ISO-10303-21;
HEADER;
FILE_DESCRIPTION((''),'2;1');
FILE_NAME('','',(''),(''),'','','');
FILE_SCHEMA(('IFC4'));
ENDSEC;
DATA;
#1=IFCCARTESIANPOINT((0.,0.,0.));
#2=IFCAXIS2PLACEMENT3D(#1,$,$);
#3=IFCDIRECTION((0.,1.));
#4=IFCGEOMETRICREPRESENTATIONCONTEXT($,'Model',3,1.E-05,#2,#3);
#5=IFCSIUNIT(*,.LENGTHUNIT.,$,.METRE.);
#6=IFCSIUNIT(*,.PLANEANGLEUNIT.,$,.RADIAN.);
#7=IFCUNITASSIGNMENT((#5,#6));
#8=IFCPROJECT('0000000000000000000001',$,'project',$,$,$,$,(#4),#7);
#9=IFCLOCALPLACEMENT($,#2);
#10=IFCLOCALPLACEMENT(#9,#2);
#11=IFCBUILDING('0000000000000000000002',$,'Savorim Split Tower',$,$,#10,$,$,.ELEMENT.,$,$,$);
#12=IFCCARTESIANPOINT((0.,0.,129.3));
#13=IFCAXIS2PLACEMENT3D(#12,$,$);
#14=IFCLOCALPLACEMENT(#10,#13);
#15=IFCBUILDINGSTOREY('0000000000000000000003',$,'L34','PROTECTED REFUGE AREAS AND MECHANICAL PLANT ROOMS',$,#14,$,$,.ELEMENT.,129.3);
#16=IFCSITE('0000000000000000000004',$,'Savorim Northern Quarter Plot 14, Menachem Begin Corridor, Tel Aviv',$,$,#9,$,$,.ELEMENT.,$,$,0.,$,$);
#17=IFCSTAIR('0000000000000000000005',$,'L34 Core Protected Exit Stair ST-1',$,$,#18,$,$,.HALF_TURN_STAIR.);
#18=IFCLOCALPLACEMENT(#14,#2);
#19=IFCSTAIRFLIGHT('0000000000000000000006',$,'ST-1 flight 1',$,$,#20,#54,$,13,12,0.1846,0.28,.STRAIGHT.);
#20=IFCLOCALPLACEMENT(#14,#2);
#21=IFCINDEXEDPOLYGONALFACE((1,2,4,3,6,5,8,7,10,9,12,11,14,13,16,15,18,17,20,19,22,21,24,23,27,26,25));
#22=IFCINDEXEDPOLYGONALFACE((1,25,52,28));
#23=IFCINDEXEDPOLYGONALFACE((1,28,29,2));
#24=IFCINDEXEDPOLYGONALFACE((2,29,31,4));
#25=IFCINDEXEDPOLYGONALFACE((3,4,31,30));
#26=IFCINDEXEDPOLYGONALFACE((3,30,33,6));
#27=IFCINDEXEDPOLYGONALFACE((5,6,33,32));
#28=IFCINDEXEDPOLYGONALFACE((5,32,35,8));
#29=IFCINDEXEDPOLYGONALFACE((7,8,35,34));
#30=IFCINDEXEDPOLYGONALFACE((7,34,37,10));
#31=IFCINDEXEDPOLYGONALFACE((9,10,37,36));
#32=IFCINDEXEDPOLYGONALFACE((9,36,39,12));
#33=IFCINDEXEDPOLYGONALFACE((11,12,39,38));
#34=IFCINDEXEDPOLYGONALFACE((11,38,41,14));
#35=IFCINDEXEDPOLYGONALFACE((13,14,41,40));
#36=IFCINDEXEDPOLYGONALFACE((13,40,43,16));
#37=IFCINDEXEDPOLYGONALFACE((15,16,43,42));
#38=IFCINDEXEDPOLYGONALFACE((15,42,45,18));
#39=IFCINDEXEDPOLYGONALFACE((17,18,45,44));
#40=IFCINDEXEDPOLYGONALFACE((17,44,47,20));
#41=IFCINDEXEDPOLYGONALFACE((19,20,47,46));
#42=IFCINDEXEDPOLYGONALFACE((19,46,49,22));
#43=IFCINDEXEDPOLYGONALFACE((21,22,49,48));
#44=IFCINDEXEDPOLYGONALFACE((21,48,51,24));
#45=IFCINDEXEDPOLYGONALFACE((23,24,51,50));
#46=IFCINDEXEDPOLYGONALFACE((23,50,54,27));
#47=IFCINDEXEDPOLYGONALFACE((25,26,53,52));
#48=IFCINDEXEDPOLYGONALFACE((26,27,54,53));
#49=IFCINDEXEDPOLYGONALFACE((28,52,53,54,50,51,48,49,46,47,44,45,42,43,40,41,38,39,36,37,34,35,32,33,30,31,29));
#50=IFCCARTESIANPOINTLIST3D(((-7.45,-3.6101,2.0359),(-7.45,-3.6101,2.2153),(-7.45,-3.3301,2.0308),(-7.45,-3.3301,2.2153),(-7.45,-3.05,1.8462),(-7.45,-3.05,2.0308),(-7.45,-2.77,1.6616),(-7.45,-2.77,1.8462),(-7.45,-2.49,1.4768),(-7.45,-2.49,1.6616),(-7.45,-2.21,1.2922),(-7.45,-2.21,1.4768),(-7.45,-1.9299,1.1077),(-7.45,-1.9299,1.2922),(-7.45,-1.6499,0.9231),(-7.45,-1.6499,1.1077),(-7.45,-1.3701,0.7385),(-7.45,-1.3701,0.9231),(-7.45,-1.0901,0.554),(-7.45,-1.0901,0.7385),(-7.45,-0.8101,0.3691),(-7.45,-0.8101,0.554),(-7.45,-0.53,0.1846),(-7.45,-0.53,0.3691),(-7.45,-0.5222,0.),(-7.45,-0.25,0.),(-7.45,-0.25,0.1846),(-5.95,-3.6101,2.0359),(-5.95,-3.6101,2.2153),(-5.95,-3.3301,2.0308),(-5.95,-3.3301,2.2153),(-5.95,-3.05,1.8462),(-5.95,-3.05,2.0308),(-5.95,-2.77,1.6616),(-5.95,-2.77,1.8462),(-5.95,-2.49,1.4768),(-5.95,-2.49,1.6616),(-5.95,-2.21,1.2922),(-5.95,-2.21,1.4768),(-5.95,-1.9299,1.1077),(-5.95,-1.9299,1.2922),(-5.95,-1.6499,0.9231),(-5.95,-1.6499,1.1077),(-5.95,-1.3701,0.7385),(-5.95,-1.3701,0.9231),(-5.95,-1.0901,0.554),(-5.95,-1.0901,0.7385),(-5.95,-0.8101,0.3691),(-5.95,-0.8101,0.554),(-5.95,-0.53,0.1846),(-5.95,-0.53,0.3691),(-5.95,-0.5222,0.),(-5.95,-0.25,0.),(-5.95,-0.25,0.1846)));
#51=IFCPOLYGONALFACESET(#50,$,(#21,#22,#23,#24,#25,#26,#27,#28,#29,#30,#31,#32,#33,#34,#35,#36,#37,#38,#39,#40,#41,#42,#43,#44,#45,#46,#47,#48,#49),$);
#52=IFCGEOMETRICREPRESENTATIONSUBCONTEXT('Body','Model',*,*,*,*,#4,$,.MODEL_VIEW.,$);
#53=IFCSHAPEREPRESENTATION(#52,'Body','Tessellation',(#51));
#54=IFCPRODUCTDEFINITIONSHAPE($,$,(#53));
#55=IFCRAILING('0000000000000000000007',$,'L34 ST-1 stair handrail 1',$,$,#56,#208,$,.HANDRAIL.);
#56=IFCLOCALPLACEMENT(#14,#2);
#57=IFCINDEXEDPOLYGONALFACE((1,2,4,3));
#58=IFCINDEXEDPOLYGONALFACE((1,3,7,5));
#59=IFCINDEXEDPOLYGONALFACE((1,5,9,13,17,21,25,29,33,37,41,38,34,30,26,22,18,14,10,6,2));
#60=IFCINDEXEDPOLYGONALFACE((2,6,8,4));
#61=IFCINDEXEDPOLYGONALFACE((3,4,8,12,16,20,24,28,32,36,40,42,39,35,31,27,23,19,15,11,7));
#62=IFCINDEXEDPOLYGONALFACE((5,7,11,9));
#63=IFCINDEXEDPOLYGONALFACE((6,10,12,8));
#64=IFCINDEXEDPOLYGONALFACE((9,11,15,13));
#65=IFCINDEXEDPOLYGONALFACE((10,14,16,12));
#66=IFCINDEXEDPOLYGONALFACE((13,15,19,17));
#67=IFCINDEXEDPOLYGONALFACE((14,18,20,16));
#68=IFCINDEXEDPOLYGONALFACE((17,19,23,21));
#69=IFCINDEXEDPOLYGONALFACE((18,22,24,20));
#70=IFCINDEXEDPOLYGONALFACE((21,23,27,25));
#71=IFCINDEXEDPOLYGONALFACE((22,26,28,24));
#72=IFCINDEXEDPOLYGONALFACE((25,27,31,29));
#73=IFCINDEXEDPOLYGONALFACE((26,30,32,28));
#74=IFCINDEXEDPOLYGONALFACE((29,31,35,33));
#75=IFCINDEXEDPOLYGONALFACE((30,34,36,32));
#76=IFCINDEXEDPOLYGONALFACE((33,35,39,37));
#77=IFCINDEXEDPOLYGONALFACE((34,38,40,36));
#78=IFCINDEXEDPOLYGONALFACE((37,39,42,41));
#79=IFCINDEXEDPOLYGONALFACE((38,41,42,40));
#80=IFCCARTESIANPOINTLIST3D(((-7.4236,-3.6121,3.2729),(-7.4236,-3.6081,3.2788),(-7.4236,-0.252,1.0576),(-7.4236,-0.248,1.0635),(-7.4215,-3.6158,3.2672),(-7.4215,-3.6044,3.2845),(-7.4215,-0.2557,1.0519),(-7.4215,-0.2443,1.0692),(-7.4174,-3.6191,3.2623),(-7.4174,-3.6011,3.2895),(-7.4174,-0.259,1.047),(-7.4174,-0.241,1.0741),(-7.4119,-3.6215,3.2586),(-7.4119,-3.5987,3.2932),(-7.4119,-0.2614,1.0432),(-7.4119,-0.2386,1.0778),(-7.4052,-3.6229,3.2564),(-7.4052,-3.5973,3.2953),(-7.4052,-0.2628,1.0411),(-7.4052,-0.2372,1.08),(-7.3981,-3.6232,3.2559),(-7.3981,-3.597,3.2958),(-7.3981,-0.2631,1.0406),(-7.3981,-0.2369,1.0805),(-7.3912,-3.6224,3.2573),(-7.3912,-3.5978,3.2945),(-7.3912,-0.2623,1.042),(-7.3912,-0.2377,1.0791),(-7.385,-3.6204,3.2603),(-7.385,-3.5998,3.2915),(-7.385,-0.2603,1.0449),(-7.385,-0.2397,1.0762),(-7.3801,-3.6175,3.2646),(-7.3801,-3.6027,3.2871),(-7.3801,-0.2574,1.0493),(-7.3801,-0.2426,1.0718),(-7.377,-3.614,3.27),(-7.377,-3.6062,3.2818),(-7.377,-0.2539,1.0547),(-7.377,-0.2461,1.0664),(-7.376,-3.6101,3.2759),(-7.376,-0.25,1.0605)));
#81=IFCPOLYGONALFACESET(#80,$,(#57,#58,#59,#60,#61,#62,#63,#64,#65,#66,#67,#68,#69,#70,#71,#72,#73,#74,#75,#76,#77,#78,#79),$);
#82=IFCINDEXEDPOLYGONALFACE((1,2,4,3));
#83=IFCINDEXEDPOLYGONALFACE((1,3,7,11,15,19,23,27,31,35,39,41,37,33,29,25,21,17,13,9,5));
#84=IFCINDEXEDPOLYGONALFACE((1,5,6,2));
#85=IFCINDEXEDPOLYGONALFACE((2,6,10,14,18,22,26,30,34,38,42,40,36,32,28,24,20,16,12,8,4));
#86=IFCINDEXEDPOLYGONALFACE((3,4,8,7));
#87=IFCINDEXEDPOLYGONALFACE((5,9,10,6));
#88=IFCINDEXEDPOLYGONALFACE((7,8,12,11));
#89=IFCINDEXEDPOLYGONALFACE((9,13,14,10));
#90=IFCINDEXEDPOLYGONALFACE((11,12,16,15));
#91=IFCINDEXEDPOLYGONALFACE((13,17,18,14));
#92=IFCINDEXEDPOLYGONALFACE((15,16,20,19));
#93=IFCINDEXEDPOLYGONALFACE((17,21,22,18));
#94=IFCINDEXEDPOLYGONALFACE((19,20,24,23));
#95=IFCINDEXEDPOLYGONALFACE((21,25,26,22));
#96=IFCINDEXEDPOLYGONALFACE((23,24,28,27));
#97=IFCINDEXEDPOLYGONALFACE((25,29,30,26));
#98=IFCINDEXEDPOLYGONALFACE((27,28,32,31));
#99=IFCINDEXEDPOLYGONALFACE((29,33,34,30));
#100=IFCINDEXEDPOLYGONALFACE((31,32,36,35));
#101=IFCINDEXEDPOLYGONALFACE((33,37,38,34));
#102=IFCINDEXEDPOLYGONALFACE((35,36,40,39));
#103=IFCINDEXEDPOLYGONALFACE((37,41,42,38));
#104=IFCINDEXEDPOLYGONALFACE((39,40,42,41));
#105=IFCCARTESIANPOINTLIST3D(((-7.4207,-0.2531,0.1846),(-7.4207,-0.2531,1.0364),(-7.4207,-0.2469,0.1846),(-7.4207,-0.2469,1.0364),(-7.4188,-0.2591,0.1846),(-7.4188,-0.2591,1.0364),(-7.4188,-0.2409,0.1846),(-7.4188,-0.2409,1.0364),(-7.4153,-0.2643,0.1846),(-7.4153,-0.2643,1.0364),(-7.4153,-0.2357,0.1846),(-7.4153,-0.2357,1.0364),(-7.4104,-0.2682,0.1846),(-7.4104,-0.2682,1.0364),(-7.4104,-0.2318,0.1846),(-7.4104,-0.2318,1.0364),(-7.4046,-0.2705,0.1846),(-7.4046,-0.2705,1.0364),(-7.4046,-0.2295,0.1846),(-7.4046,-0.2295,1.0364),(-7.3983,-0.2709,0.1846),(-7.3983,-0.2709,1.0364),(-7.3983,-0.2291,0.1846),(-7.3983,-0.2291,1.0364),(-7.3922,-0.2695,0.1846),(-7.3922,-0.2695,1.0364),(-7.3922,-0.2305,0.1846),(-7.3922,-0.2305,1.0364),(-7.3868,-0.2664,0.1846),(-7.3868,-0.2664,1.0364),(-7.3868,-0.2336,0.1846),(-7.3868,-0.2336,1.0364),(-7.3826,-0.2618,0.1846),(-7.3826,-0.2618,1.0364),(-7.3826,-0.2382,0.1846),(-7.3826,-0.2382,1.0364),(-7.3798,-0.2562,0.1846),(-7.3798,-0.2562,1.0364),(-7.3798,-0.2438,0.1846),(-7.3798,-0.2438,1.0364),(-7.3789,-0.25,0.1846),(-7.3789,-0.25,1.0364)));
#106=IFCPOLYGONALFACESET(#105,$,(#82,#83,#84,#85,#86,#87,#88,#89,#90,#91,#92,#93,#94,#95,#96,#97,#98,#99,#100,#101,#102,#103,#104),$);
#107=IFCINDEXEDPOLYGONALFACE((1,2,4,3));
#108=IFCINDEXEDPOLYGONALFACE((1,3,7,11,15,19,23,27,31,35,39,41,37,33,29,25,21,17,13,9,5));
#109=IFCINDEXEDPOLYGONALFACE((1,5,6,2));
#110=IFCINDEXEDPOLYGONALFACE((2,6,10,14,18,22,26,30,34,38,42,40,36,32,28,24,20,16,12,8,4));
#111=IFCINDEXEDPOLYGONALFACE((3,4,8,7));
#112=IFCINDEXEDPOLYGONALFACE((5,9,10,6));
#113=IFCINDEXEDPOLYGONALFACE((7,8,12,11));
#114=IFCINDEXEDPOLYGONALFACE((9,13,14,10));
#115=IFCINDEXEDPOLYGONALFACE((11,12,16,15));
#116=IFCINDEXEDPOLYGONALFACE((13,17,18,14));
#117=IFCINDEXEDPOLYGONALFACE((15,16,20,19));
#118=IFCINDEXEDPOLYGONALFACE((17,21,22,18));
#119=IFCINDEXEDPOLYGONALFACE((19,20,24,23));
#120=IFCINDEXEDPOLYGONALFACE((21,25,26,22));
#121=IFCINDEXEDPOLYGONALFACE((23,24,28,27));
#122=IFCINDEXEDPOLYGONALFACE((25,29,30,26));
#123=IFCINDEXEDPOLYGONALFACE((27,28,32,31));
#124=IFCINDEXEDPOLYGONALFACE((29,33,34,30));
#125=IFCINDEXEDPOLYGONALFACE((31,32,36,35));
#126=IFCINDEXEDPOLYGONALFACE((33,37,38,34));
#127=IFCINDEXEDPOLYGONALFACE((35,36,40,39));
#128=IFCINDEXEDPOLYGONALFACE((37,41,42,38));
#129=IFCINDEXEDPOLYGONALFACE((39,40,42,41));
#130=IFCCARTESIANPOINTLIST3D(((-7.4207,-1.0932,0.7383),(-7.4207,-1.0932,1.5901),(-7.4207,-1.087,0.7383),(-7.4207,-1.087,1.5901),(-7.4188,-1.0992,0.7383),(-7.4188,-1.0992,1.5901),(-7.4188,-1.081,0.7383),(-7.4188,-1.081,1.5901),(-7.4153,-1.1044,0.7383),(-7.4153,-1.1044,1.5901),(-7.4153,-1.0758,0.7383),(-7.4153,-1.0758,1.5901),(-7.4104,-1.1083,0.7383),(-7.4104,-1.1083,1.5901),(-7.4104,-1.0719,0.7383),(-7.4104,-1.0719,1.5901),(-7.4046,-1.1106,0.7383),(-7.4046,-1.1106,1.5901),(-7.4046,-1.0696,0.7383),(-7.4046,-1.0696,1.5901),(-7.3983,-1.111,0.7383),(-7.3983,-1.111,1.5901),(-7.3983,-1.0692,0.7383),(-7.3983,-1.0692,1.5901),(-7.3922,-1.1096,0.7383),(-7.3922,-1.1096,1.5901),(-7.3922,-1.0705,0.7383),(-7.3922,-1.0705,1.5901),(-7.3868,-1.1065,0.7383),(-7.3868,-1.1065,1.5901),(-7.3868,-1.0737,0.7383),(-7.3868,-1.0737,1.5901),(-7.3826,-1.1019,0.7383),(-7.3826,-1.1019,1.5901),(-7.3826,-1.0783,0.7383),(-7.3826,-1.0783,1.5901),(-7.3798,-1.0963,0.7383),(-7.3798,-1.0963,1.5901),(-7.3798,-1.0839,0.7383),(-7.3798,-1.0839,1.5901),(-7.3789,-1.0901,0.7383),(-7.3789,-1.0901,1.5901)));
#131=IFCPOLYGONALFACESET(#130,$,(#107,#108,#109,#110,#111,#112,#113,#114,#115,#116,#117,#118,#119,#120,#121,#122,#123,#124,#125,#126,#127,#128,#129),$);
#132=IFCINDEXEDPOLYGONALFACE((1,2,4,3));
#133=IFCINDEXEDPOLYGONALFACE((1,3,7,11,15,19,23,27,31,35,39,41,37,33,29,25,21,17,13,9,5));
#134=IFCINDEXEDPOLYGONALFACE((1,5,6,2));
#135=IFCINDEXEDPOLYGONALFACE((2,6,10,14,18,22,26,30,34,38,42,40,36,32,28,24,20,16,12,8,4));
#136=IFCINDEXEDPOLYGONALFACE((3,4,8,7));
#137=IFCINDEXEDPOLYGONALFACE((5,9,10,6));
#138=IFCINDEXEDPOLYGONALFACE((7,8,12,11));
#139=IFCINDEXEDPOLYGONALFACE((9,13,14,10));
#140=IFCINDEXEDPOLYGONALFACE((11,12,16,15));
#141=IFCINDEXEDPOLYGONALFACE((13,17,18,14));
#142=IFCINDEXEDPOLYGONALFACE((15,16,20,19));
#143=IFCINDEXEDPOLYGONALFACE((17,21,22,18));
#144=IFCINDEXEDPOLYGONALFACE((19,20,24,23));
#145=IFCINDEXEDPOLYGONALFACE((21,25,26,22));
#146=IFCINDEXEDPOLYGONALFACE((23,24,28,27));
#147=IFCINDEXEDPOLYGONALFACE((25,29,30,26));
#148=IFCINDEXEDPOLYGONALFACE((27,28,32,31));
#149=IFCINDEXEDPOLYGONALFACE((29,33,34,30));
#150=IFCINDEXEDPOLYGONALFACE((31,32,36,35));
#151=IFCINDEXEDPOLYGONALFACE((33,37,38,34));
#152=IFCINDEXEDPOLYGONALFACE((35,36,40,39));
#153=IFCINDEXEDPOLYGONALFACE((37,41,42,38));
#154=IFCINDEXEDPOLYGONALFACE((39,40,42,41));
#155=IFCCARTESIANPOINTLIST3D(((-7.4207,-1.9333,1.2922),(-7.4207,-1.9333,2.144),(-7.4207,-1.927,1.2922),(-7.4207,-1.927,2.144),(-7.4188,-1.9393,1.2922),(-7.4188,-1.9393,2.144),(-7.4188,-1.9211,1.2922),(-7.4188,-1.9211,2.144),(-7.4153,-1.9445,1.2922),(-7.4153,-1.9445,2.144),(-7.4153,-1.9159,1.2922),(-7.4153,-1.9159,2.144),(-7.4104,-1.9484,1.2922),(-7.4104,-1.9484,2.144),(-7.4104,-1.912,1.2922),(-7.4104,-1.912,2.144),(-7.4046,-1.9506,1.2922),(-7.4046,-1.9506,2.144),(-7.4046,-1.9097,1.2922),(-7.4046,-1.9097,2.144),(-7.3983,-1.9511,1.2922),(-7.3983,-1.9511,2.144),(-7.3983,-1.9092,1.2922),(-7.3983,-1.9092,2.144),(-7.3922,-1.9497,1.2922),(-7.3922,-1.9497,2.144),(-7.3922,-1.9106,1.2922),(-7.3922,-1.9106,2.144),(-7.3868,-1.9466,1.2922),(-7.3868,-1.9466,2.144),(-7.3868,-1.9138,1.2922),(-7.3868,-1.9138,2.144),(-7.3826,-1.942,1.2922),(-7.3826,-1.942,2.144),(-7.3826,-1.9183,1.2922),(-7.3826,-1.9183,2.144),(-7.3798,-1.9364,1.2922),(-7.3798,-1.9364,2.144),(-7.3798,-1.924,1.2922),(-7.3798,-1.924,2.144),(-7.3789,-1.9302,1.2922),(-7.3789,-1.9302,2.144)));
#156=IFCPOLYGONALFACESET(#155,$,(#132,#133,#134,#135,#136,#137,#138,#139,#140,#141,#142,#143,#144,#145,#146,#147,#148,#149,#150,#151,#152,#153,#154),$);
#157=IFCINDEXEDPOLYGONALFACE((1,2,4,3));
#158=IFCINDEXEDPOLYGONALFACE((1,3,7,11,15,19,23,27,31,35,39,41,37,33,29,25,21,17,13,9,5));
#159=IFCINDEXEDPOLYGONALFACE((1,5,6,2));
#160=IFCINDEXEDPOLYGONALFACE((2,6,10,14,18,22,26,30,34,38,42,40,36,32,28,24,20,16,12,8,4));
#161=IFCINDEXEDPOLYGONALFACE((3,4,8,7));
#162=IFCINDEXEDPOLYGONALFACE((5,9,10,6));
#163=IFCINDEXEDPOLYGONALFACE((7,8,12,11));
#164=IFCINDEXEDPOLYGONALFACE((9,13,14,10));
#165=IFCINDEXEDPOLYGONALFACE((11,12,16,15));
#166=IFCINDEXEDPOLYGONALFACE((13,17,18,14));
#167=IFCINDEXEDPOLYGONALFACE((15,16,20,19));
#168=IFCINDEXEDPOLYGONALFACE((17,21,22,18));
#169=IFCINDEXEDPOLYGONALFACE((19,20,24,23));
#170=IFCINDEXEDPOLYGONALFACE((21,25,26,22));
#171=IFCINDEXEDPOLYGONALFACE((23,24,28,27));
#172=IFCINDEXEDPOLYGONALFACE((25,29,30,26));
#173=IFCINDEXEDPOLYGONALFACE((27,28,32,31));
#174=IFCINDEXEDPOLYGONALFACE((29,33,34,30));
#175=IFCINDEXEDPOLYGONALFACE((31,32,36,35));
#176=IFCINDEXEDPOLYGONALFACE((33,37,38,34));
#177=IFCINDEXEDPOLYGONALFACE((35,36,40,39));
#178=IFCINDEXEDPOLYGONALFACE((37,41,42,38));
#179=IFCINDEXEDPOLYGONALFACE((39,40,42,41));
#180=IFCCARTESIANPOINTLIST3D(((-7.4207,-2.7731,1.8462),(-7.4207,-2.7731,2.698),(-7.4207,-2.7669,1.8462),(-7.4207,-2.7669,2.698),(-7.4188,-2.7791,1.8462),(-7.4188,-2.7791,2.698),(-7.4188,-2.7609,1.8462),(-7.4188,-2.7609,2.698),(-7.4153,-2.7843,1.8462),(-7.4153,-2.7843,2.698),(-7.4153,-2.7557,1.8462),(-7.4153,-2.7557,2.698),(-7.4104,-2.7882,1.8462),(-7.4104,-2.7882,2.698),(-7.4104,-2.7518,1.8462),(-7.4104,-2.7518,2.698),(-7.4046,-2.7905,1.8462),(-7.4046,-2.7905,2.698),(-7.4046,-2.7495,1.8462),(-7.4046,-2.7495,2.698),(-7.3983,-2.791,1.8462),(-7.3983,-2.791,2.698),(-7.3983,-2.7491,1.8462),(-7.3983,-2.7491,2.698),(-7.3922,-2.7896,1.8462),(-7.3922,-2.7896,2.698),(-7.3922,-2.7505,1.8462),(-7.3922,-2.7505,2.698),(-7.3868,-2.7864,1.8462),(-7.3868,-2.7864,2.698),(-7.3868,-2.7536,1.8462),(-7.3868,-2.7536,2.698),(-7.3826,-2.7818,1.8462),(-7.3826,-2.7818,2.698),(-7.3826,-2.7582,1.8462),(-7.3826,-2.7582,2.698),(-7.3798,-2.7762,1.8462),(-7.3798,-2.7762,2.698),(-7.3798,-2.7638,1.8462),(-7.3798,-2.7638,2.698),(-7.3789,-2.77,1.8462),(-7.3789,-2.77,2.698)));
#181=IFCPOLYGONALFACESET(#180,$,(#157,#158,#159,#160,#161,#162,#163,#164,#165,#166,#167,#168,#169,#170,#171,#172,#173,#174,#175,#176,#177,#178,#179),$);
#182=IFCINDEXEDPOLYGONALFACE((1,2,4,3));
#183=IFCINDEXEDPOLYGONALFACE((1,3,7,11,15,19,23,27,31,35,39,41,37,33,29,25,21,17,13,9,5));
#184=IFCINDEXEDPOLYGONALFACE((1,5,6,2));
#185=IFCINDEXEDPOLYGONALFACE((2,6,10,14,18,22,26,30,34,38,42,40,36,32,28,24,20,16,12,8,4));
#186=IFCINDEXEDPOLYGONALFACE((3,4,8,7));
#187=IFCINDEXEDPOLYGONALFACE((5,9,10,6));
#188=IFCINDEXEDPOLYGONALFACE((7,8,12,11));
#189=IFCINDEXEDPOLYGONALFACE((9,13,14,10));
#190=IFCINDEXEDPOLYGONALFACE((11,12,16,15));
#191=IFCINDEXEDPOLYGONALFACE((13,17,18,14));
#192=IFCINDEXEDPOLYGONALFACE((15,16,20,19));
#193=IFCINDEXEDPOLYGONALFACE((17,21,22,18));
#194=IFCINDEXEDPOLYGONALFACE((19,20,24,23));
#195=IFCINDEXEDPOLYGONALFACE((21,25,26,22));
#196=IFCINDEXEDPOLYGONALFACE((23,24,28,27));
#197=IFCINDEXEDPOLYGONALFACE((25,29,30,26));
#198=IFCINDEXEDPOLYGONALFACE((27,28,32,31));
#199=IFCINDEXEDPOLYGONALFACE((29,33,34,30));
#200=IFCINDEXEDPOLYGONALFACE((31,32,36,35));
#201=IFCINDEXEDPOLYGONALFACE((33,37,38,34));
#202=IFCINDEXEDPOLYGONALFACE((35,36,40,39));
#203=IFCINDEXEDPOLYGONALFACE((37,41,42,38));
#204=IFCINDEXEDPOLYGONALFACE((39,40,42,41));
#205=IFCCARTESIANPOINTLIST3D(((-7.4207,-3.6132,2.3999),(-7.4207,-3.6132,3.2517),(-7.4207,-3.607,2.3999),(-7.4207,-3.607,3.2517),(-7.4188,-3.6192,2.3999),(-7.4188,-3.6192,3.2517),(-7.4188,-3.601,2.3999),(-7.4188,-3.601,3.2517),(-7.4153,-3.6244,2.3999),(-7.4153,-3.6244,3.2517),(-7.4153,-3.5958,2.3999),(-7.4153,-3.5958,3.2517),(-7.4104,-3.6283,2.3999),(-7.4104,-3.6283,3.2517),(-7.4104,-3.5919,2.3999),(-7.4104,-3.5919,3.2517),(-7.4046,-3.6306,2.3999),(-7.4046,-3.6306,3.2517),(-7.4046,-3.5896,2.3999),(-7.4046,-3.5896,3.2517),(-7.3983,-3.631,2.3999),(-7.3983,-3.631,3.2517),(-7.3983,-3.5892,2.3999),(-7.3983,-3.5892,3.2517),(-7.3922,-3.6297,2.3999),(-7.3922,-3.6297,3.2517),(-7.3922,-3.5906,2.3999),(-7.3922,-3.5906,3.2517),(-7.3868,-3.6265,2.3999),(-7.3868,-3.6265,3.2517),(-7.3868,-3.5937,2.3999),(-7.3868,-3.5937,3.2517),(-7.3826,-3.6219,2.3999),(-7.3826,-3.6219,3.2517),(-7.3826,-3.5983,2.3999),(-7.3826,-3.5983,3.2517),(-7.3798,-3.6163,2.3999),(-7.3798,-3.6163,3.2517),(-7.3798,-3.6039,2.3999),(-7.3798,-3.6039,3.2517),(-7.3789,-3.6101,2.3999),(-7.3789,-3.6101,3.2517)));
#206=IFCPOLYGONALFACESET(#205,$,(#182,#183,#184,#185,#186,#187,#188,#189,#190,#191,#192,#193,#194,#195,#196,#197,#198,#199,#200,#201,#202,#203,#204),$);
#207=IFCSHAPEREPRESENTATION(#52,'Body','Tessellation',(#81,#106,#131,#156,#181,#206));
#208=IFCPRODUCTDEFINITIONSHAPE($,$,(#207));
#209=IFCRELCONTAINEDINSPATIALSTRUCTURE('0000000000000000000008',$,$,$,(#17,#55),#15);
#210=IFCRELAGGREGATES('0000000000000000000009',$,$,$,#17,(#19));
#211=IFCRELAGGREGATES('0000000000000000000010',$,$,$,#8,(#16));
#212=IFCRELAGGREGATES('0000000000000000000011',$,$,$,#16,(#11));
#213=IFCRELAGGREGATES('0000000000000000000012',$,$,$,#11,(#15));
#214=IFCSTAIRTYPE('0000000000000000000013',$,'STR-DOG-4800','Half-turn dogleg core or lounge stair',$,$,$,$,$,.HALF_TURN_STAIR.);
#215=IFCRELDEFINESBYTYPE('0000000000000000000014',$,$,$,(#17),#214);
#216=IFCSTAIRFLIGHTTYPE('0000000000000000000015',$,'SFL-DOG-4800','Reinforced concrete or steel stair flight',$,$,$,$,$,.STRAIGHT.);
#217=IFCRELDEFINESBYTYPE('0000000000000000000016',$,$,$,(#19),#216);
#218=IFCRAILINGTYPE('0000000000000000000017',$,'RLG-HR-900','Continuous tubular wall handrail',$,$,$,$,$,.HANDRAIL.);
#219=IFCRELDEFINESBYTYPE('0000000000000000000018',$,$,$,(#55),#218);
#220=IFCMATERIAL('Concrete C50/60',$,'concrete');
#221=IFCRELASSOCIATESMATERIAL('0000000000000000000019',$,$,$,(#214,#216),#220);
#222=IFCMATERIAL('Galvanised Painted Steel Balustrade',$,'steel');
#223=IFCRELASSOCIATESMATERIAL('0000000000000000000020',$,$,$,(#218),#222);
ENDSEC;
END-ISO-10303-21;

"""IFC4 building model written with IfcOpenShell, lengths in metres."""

from ifc_helpers import new_model, si_unit, direction, frame, origin, origin_2d, place, context, subcontext, project, spatial, polyline, circle, outline, extrude, material, type_object, element, aggregate, save


model = new_model("IFC4")

# Units and contexts
model_context = context("Model", 3, precision=1e-05, world=origin(), true_north=direction((0.0, 1.0)))
body_context = subcontext(model_context, "Body", "Model", "MODEL_VIEW")
ifc_project = project(units=[si_unit("LENGTHUNIT", "METRE"), si_unit("PLANEANGLEUNIT", "RADIAN")], contexts=[model_context])

# Site, building, storey
site_placement = place(None, origin())
site = spatial("IfcSite", under=ifc_project, at=site_placement, Name="Savorim Northern Quarter Plot 14, Menachem Begin Corridor, Tel Aviv", CompositionType="ELEMENT", RefElevation=0.0)
building_placement = place(site_placement, origin())
building = spatial("IfcBuilding", under=site, at=building_placement, Name="Savorim Split Tower", CompositionType="ELEMENT")
storey_placement = place(building_placement, frame((0.0, 0.0, 129.3)))
storey = spatial("IfcBuildingStorey", under=building, at=storey_placement, Name="L34", Description="PROTECTED REFUGE AREAS AND MECHANICAL PLANT ROOMS", CompositionType="ELEMENT", Elevation=129.3)

# Shared definitions
ifc_material_1 = material(Name="Concrete C50/60", Category="concrete")

# Stair, stair flight
stair_type = type_object("IfcStairType", Name="STR-DOG-4800", Description="Half-turn dogleg core or lounge stair", PredefinedType="HALF_TURN_STAIR", material=ifc_material_1)
stair_placement = place(storey_placement, origin())
stair = element("IfcStair", 1, at=stair_placement, inside=storey, type_object=stair_type, Name="L34 Core Protected Exit Stair ST-1", PredefinedType="HALF_TURN_STAIR")
stair_flight_type = type_object("IfcStairFlightType", Name="SFL-DOG-4800", Description="Reinforced concrete or steel stair flight", PredefinedType="STRAIGHT", material=ifc_material_1)
stair_flight_placement = place(storey_placement, frame((-6.7, -0.25, 0.0), z_axis=(0.0, 0.0, 1.0), x_axis=(0.0, -1.0, 0.0)))
stair_flight = element("IfcStairFlight", 2, at=stair_flight_placement, type_object=stair_flight_type, Name="ST-1 flight 1", NumberOfRisers=13, NumberOfTreads=12, PredefinedType="STRAIGHT", RiserHeight=0.1846, TreadLength=0.28, context=body_context, shape_type="SweptSolid", body=[
    extrude(outline(polyline([(0.0, 0.0), (0.0, 0.1846), (0.28, 0.1846), (0.28, 0.3691), (0.5601, 0.3691), (0.5601, 0.554), (0.8401, 0.554), (0.8401, 0.7385), (1.1201, 0.7385), (1.1201, 0.9231), (1.3999, 0.9231), (1.3999, 1.1077), (1.6799, 1.1077), (1.6799, 1.2922), (1.96, 1.2922), (1.96, 1.4768), (2.24, 1.4768), (2.24, 1.6616), (2.52, 1.6616), (2.52, 1.8462), (2.8, 1.8462), (2.8, 2.0308), (3.0801, 2.0308), (3.0801, 2.2153), (3.3601, 2.2153), (3.3601, 2.3999), (3.3601, 2.0359), (0.2722, 0.0), (0.0, 0.0)])), frame((0.0, 0.75, 0.0), z_axis=(0.0, -1.0, 0.0), x_axis=(1.0, 0.0, 0.0)), (0.0, 0.0, 1.0), 1.5),
])
aggregate(stair, [stair_flight])

# Railing
ifc_material_2 = material(Name="Galvanised Painted Steel Balustrade", Category="steel")
railing_type = type_object("IfcRailingType", Name="RLG-HR-900", Description="Continuous tubular wall handrail", PredefinedType="HANDRAIL", material=ifc_material_2)
railing_placement = place(storey_placement, frame((-7.3999, -0.25, 0.1846)))
element("IfcRailing", 3, at=railing_placement, inside=storey, type_object=railing_type, Name="L34 ST-1 stair handrail 1", PredefinedType="HANDRAIL", context=body_context, shape_type="SweptSolid", body=[
    extrude(circle(Radius=0.0239, at=origin_2d()), frame((0.0, 0.0, 0.876), z_axis=(0.0, -0.834876, 0.550437), x_axis=(1.0, 0.0, 0.0)), (0.0, 0.0, 1.0), 4.0247),
    extrude(circle(Radius=0.021, at=origin_2d()), origin(), (0.0, 0.0, 1.0), 0.8518),
    extrude(circle(Radius=0.021, at=origin_2d()), frame((0.0, -0.8401, 0.5537)), (0.0, 0.0, 1.0), 0.8518),
    extrude(circle(Radius=0.021, at=origin_2d()), frame((0.0, -1.6802, 1.1077)), (0.0, 0.0, 1.0), 0.8518),
    extrude(circle(Radius=0.021, at=origin_2d()), frame((0.0, -2.52, 1.6616)), (0.0, 0.0, 1.0), 0.8518),
    extrude(circle(Radius=0.021, at=origin_2d()), frame((0.0, -3.3601, 2.2153)), (0.0, 0.0, 1.0), 0.8518),
])

save(model, "model.ifc")
